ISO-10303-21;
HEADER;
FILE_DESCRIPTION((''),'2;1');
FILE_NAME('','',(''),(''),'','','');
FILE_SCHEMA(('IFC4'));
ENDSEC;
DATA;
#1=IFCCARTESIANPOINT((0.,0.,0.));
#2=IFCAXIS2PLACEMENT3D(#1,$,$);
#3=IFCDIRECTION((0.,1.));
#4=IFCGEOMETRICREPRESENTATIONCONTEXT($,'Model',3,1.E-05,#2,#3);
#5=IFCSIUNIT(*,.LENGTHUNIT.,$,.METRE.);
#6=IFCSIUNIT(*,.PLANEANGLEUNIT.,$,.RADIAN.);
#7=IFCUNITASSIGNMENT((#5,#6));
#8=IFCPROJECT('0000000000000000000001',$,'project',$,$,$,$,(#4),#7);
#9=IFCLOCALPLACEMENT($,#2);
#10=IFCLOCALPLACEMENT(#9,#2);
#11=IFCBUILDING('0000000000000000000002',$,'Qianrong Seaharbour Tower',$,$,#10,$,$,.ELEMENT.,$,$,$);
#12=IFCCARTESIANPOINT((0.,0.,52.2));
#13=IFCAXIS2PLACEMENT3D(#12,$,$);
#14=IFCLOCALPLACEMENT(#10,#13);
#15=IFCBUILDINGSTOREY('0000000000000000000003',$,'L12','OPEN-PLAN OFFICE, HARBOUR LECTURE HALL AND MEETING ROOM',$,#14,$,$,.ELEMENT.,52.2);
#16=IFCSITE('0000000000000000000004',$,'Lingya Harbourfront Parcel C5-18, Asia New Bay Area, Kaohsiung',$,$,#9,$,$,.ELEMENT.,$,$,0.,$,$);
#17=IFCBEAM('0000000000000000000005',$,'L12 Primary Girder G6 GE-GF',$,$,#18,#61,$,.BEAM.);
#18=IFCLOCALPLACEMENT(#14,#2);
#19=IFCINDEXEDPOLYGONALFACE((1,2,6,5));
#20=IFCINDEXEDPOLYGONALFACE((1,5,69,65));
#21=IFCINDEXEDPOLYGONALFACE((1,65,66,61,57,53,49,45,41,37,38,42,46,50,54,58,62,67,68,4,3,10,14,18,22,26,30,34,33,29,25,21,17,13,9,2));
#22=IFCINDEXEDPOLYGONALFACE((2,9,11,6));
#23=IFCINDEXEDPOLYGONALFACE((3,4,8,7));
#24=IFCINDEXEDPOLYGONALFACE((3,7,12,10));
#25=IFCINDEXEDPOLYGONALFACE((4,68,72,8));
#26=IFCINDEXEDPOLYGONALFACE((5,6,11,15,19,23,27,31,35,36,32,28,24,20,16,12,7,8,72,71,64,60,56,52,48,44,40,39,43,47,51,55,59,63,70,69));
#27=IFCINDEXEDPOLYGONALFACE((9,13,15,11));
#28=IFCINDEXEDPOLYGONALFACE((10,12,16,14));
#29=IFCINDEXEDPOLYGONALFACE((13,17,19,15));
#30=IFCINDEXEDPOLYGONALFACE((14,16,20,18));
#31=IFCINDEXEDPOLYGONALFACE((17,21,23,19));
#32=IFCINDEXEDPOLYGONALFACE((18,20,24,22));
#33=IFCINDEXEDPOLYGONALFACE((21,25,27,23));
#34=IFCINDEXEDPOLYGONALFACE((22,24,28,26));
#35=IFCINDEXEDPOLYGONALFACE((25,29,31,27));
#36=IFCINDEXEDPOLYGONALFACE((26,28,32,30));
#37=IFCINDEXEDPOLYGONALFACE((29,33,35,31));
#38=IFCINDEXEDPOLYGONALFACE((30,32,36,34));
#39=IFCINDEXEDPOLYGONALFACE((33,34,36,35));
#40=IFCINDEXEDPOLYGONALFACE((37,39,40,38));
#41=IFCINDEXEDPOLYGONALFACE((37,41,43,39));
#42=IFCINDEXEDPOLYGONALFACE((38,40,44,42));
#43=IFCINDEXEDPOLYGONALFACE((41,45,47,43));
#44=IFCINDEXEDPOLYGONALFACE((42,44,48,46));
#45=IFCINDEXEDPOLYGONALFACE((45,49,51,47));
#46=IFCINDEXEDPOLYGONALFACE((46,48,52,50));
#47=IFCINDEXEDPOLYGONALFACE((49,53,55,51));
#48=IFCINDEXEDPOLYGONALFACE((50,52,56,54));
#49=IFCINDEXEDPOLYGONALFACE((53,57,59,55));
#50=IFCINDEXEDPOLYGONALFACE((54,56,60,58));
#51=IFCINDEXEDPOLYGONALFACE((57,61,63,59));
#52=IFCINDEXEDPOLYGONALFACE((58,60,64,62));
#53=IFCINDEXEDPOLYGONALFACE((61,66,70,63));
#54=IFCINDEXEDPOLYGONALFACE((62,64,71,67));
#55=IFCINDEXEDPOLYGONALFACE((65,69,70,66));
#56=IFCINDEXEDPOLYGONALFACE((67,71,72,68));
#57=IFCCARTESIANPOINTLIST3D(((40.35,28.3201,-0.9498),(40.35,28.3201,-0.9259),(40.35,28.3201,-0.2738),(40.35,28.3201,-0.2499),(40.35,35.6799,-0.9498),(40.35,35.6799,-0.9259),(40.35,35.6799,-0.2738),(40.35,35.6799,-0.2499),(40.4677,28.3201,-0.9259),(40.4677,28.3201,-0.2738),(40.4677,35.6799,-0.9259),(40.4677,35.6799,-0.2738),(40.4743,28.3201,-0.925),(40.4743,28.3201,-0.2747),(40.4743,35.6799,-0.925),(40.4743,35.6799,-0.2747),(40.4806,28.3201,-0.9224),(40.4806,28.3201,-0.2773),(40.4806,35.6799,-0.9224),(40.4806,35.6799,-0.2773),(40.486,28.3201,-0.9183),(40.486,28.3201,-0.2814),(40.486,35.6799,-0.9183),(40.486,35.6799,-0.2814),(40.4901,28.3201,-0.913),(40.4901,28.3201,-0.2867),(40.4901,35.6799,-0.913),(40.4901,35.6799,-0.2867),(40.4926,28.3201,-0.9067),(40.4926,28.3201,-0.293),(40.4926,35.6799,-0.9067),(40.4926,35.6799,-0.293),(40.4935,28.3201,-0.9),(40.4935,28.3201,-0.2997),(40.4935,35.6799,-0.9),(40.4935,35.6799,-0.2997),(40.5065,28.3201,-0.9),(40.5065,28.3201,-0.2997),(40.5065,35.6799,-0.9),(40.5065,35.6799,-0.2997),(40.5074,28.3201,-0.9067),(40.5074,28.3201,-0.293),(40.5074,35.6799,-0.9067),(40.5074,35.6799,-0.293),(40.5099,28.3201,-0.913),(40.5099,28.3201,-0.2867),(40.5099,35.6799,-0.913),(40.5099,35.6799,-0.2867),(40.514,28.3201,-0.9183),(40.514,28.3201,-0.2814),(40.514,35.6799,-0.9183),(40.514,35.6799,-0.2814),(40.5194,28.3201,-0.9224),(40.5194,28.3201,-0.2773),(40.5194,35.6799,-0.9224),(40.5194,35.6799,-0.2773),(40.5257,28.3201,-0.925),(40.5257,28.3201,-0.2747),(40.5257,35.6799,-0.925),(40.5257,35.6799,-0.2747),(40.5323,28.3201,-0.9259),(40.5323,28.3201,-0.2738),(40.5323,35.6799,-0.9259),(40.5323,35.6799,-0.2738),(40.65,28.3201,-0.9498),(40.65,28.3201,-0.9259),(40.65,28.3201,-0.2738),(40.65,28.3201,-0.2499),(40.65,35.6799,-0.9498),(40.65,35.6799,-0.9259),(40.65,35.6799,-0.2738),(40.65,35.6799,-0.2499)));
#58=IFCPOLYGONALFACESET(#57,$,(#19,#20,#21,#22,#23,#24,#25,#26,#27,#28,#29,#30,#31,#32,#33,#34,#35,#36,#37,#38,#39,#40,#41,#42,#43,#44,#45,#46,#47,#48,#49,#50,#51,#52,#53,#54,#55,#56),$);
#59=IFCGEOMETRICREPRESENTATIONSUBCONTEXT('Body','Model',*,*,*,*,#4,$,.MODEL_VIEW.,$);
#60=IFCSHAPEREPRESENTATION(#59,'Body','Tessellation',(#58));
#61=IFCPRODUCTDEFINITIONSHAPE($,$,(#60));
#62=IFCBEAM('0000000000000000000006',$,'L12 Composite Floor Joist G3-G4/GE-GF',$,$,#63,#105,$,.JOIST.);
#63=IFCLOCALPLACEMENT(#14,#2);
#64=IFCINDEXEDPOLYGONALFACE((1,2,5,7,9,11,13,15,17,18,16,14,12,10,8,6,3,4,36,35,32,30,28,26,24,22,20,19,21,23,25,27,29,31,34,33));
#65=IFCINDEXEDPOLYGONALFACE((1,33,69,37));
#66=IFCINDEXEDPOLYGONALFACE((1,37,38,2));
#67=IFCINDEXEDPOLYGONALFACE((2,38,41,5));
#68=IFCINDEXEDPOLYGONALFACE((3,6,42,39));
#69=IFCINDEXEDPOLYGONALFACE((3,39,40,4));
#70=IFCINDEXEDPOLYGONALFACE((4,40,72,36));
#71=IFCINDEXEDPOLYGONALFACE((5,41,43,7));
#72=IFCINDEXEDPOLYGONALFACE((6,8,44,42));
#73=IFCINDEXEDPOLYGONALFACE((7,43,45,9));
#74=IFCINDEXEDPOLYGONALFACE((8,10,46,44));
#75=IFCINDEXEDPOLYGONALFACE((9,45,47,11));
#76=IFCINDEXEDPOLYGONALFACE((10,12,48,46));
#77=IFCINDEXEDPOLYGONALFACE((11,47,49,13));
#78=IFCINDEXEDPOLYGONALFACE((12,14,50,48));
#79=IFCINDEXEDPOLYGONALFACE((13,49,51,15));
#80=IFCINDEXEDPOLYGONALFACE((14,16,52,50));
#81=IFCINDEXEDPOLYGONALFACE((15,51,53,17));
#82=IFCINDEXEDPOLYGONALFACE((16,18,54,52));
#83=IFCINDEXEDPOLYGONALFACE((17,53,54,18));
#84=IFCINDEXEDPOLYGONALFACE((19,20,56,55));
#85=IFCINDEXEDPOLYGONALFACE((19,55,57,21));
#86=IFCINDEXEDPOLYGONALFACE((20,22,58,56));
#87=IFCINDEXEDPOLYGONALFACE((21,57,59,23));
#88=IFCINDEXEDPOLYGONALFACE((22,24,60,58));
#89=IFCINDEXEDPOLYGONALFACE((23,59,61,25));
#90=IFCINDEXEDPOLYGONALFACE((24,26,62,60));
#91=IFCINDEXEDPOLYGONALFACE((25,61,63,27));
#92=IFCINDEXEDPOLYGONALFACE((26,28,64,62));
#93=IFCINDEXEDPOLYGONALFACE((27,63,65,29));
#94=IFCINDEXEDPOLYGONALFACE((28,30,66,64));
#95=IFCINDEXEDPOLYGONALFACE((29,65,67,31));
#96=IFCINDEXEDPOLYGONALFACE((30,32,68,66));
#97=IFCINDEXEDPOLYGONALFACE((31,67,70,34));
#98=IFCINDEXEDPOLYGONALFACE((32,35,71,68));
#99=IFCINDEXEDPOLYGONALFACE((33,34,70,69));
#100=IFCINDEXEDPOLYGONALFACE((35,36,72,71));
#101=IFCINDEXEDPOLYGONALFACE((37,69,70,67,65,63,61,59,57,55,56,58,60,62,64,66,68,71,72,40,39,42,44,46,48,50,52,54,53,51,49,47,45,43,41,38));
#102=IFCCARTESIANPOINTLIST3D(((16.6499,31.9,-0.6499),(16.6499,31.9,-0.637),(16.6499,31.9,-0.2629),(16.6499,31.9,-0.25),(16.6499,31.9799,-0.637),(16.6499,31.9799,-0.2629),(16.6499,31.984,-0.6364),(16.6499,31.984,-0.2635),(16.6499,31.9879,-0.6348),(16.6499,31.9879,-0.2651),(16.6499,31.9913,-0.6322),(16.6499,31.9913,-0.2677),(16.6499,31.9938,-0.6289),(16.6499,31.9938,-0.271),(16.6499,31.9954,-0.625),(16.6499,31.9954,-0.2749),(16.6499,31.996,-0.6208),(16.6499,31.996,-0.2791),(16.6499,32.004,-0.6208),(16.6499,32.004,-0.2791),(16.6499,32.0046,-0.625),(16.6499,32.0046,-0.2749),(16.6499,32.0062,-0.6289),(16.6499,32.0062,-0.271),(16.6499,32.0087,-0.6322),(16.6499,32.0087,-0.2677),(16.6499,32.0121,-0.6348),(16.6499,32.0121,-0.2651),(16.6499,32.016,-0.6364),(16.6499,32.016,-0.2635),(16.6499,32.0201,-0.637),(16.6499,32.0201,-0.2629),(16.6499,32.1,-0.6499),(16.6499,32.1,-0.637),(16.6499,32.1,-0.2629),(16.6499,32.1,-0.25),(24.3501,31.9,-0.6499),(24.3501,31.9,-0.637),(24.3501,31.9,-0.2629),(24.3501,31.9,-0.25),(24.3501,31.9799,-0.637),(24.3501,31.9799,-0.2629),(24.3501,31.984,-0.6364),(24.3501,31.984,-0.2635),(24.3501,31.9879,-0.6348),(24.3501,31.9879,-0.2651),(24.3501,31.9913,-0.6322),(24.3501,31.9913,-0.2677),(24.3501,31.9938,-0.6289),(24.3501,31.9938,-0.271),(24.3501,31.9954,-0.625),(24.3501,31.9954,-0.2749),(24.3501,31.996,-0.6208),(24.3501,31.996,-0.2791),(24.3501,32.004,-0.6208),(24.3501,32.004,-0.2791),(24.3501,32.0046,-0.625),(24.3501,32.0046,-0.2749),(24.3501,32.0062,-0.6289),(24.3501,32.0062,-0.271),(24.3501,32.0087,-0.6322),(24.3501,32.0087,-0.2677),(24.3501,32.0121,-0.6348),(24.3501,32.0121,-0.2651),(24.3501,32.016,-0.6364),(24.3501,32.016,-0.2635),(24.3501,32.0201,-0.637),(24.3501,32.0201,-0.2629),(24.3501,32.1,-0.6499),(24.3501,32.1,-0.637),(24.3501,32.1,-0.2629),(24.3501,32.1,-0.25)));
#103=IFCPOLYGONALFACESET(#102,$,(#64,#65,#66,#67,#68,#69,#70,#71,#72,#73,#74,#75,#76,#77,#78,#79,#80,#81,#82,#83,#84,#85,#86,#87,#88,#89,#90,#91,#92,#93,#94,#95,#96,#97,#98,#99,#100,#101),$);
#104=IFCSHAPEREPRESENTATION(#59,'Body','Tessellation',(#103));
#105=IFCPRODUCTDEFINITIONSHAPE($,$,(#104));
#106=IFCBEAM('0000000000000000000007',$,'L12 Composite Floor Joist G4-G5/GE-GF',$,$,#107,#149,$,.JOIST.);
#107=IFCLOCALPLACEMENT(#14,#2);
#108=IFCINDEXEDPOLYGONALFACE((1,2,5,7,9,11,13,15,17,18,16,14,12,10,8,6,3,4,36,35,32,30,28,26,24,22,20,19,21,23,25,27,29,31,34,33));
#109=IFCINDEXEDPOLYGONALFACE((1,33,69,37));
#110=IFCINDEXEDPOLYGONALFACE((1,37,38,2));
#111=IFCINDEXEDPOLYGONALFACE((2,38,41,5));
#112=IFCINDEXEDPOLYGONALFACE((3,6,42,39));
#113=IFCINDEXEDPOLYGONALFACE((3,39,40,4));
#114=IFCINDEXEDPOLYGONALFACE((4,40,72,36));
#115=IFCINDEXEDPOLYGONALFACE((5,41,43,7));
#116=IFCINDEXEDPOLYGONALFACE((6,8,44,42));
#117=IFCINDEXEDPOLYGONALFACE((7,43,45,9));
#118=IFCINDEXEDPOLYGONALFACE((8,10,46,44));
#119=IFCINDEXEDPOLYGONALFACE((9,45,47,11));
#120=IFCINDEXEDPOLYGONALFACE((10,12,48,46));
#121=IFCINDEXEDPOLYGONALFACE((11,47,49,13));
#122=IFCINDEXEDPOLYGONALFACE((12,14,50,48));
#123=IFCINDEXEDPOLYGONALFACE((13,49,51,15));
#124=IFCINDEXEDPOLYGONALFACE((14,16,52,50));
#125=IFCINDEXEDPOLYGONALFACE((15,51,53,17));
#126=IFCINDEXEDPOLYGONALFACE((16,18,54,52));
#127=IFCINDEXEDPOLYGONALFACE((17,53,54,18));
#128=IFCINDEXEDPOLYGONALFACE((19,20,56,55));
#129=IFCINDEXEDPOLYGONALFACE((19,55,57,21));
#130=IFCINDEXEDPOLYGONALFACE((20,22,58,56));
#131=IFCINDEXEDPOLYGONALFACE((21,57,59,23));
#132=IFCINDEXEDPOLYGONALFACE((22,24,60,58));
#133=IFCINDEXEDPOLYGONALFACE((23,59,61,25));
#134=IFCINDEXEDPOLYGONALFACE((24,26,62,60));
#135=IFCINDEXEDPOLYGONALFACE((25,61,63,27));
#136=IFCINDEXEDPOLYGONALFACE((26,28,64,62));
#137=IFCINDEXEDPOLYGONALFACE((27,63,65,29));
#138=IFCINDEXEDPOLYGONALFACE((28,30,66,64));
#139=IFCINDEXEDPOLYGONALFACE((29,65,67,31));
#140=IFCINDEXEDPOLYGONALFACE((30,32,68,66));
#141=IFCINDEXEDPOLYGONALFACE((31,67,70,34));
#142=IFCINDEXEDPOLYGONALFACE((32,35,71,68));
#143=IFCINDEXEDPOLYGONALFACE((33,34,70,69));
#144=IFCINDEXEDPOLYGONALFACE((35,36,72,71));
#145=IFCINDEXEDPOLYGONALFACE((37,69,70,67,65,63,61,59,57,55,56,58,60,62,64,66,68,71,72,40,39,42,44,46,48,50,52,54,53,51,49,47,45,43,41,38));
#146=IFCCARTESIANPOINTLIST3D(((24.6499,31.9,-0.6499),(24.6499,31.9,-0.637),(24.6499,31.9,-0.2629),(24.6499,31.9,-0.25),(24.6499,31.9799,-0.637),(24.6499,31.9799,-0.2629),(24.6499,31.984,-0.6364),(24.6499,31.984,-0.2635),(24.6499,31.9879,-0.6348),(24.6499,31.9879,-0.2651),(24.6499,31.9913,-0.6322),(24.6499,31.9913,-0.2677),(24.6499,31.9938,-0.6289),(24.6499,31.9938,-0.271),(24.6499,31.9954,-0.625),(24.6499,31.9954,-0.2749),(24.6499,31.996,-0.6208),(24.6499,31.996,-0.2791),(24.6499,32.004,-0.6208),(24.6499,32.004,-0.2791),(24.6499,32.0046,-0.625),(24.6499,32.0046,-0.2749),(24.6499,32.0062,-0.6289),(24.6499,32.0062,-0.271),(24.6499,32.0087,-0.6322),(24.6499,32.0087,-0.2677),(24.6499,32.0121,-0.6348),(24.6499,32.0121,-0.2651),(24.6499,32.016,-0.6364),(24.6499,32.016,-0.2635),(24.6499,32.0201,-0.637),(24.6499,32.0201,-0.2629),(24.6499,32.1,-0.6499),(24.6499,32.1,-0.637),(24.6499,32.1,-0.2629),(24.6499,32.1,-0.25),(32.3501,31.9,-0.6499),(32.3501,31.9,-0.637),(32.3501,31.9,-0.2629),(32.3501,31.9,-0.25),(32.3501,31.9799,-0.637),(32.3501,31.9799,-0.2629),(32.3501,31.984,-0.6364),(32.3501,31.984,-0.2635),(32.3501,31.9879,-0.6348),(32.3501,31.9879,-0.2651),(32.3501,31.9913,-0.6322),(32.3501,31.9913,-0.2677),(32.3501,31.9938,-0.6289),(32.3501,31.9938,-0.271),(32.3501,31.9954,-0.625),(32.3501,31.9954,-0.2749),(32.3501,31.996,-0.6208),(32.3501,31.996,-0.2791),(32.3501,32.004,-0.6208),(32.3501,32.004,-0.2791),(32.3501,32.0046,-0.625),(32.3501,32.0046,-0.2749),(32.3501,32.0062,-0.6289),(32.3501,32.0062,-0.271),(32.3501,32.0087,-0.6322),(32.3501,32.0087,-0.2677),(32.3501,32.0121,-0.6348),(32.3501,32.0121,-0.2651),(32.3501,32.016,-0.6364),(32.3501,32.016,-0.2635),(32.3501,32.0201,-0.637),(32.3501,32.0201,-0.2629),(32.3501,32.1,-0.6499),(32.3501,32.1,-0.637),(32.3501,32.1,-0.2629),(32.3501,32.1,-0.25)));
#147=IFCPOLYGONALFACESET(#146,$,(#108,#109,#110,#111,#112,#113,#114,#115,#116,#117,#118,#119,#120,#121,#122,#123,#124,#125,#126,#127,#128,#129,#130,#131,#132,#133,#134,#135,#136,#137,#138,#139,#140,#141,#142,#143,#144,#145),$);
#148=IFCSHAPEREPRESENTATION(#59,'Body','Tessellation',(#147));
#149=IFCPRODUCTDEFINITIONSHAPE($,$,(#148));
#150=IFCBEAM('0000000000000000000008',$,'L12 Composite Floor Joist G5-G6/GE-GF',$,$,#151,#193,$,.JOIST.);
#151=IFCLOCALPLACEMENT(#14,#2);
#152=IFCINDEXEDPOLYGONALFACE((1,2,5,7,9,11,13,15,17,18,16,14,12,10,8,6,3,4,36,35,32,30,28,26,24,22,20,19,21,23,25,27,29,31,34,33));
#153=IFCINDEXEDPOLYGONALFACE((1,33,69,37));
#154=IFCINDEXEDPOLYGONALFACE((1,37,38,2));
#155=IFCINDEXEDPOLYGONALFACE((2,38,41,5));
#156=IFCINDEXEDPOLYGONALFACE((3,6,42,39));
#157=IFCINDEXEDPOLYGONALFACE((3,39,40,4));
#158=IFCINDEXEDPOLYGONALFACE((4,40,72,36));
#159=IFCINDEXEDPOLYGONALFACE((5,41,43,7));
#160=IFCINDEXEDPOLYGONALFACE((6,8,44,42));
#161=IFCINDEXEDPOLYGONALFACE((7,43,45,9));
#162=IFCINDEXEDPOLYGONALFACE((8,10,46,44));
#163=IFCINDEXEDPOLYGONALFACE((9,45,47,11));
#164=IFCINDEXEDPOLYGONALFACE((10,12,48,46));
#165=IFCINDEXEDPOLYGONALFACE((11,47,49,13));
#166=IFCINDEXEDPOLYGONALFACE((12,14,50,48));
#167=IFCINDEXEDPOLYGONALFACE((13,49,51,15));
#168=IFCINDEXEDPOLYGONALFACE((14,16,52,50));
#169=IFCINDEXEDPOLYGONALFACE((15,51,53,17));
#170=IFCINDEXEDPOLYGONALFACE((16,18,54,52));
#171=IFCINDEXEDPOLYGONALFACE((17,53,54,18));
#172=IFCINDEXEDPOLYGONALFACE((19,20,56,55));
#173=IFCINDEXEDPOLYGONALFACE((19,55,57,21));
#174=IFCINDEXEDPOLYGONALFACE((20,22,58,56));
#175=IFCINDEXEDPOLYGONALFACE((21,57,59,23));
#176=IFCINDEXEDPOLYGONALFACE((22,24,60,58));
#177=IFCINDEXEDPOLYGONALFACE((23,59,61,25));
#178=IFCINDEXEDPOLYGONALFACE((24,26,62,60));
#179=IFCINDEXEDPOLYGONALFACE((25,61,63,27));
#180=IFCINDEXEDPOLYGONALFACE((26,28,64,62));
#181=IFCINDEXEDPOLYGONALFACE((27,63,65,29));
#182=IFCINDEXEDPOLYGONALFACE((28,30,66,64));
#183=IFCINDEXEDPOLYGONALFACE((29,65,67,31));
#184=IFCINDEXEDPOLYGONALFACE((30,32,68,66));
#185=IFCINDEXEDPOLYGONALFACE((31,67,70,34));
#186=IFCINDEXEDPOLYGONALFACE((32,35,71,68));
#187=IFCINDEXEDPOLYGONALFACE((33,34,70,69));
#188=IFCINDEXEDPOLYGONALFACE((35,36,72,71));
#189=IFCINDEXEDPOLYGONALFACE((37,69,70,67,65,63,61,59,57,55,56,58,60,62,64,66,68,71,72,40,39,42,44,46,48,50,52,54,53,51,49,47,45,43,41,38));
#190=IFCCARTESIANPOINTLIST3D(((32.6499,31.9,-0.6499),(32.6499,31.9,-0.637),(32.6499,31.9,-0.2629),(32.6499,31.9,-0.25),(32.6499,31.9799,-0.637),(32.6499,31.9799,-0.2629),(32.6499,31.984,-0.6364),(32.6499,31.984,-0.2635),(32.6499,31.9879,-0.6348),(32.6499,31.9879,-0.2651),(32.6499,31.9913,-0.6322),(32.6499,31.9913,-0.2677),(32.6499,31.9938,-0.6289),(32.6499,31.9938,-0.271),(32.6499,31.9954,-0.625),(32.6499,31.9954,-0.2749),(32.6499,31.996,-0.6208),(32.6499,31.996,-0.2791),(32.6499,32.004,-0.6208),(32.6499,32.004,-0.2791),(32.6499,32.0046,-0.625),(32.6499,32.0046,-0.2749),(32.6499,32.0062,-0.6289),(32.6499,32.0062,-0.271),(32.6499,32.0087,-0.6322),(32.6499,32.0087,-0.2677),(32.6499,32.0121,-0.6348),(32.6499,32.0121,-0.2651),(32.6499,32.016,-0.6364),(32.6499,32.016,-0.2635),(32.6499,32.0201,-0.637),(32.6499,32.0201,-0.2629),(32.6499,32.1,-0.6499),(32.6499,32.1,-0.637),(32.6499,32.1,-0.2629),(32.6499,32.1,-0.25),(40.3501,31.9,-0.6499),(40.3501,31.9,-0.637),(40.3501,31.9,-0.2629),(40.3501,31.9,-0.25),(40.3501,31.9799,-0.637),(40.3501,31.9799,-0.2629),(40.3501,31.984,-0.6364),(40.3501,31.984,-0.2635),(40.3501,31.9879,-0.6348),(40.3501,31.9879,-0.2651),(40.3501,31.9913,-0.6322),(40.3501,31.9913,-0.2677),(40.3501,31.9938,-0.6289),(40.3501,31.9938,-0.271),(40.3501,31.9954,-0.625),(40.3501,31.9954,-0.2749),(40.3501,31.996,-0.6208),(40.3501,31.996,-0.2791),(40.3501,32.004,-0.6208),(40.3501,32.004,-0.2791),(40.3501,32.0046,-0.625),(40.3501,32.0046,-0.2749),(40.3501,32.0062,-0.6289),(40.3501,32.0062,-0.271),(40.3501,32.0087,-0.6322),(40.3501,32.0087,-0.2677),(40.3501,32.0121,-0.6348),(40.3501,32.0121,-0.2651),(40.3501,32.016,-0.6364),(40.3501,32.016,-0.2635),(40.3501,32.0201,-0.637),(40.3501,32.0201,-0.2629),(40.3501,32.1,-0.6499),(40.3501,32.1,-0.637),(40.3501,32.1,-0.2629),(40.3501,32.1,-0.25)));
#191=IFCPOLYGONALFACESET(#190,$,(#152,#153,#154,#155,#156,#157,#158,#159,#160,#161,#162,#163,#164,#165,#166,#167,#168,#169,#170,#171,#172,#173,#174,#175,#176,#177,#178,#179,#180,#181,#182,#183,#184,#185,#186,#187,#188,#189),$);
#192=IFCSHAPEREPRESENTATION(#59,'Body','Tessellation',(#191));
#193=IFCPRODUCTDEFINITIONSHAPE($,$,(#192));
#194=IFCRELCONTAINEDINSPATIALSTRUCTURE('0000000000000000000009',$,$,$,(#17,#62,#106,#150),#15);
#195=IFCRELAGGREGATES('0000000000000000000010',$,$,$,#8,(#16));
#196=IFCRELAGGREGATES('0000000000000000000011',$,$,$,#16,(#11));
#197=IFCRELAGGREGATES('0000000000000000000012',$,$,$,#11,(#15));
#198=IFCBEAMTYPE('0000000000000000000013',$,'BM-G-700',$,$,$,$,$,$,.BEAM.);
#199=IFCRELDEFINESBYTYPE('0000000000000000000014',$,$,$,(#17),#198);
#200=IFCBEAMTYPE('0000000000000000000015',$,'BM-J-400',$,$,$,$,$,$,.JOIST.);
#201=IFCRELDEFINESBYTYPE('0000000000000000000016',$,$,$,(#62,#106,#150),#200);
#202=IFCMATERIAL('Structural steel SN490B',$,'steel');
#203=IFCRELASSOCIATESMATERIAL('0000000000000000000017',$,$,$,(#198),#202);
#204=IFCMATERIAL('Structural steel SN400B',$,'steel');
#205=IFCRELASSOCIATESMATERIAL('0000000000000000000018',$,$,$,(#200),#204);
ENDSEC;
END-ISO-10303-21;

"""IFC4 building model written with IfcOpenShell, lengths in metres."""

from ifc_helpers import new_model, si_unit, direction, frame, origin, origin_2d, place, context, subcontext, project, spatial, i_section, extrude, material, material_profile, profile_set, type_object, element, save


model = new_model("IFC4")

# Units and contexts
model_context = context("Model", 3, precision=1e-05, world=origin(), true_north=direction((0.0, 1.0)))
body_context = subcontext(model_context, "Body", "Model", "MODEL_VIEW")
ifc_project = project(units=[si_unit("LENGTHUNIT", "METRE"), si_unit("PLANEANGLEUNIT", "RADIAN")], contexts=[model_context])

# Site, building, storey
site_placement = place(None, origin())
site = spatial("IfcSite", under=ifc_project, at=site_placement, Name="Lingya Harbourfront Parcel C5-18, Asia New Bay Area, Kaohsiung", CompositionType="ELEMENT", RefElevation=0.0)
building_placement = place(site_placement, origin())
building = spatial("IfcBuilding", under=site, at=building_placement, Name="Qianrong Seaharbour Tower", CompositionType="ELEMENT")
storey_placement = place(building_placement, frame((0.0, 0.0, 52.2)))
storey = spatial("IfcBuildingStorey", under=building, at=storey_placement, Name="L12", Description="OPEN-PLAN OFFICE, HARBOUR LECTURE HALL AND MEETING ROOM", CompositionType="ELEMENT", Elevation=52.2)

# Shared definitions
ifc_material_1 = material(Name="Structural steel SN490B", Category="steel")

# Beams
ifc_material_profile_1 = material_profile(ifc_material_1, i_section(OverallWidth=0.3, OverallDepth=0.7, WebThickness=0.0129, FlangeThickness=0.0239, FilletRadius=0.0259, at=origin_2d()), Name="H700x300x13x24")
ifc_profile_set_1 = profile_set([ifc_material_profile_1], Name="Structural steel SN490B")
beam_type_1 = type_object("IfcBeamType", Name="BM-G-700", PredefinedType="BEAM", material=ifc_profile_set_1)
for number, where, z_axis, x_axis, name in (
    (1, (40.5, 28.3201, -0.5999), (0.0, 1.0, 0.0), (-1.0, 0.0, 0.0), "L12 Primary Girder G6 GE-GF"),
):
    element("IfcBeam", number, at=place(storey_placement, frame(where, z_axis=z_axis, x_axis=x_axis)), inside=storey, type_object=beam_type_1, Name=name, PredefinedType="BEAM", context=body_context, shape_type="SweptSolid", body=[
        extrude(i_section(OverallWidth=0.3, OverallDepth=0.7, WebThickness=0.0129, FlangeThickness=0.0239, FilletRadius=0.0259, at=origin_2d()), origin(), (0.0, 0.0, 1.0), 7.3599),
    ])
ifc_material_2 = material(Name="Structural steel SN400B", Category="steel")
ifc_material_profile_2 = material_profile(ifc_material_2, i_section(OverallWidth=0.2, OverallDepth=0.3999, WebThickness=0.0081, FlangeThickness=0.0129, FilletRadius=0.0161, at=origin_2d()), Name="H400x200x8x13")
ifc_profile_set_2 = profile_set([ifc_material_profile_2], Name="Structural steel SN400B")
beam_type_2 = type_object("IfcBeamType", Name="BM-J-400", PredefinedType="JOIST", material=ifc_profile_set_2)
for number, where, z_axis, x_axis, name in (
    (2, (16.6499, 32.0, -0.45), (1.0, 0.0, 0.0), (0.0, 1.0, 0.0), "L12 Composite Floor Joist G3-G4/GE-GF"),
    (3, (24.6499, 32.0, -0.45), (1.0, 0.0, 0.0), (0.0, 1.0, 0.0), "L12 Composite Floor Joist G4-G5/GE-GF"),
    (4, (32.6499, 32.0, -0.45), (1.0, 0.0, 0.0), (0.0, 1.0, 0.0), "L12 Composite Floor Joist G5-G6/GE-GF"),
):
    element("IfcBeam", number, at=place(storey_placement, frame(where, z_axis=z_axis, x_axis=x_axis)), inside=storey, type_object=beam_type_2, Name=name, PredefinedType="JOIST", context=body_context, shape_type="SweptSolid", body=[
        extrude(i_section(OverallWidth=0.2, OverallDepth=0.3999, WebThickness=0.0081, FlangeThickness=0.0129, FilletRadius=0.0161, at=origin_2d()), origin(), (0.0, 0.0, 1.0), 7.7002),
    ])

save(model, "model.ifc")
